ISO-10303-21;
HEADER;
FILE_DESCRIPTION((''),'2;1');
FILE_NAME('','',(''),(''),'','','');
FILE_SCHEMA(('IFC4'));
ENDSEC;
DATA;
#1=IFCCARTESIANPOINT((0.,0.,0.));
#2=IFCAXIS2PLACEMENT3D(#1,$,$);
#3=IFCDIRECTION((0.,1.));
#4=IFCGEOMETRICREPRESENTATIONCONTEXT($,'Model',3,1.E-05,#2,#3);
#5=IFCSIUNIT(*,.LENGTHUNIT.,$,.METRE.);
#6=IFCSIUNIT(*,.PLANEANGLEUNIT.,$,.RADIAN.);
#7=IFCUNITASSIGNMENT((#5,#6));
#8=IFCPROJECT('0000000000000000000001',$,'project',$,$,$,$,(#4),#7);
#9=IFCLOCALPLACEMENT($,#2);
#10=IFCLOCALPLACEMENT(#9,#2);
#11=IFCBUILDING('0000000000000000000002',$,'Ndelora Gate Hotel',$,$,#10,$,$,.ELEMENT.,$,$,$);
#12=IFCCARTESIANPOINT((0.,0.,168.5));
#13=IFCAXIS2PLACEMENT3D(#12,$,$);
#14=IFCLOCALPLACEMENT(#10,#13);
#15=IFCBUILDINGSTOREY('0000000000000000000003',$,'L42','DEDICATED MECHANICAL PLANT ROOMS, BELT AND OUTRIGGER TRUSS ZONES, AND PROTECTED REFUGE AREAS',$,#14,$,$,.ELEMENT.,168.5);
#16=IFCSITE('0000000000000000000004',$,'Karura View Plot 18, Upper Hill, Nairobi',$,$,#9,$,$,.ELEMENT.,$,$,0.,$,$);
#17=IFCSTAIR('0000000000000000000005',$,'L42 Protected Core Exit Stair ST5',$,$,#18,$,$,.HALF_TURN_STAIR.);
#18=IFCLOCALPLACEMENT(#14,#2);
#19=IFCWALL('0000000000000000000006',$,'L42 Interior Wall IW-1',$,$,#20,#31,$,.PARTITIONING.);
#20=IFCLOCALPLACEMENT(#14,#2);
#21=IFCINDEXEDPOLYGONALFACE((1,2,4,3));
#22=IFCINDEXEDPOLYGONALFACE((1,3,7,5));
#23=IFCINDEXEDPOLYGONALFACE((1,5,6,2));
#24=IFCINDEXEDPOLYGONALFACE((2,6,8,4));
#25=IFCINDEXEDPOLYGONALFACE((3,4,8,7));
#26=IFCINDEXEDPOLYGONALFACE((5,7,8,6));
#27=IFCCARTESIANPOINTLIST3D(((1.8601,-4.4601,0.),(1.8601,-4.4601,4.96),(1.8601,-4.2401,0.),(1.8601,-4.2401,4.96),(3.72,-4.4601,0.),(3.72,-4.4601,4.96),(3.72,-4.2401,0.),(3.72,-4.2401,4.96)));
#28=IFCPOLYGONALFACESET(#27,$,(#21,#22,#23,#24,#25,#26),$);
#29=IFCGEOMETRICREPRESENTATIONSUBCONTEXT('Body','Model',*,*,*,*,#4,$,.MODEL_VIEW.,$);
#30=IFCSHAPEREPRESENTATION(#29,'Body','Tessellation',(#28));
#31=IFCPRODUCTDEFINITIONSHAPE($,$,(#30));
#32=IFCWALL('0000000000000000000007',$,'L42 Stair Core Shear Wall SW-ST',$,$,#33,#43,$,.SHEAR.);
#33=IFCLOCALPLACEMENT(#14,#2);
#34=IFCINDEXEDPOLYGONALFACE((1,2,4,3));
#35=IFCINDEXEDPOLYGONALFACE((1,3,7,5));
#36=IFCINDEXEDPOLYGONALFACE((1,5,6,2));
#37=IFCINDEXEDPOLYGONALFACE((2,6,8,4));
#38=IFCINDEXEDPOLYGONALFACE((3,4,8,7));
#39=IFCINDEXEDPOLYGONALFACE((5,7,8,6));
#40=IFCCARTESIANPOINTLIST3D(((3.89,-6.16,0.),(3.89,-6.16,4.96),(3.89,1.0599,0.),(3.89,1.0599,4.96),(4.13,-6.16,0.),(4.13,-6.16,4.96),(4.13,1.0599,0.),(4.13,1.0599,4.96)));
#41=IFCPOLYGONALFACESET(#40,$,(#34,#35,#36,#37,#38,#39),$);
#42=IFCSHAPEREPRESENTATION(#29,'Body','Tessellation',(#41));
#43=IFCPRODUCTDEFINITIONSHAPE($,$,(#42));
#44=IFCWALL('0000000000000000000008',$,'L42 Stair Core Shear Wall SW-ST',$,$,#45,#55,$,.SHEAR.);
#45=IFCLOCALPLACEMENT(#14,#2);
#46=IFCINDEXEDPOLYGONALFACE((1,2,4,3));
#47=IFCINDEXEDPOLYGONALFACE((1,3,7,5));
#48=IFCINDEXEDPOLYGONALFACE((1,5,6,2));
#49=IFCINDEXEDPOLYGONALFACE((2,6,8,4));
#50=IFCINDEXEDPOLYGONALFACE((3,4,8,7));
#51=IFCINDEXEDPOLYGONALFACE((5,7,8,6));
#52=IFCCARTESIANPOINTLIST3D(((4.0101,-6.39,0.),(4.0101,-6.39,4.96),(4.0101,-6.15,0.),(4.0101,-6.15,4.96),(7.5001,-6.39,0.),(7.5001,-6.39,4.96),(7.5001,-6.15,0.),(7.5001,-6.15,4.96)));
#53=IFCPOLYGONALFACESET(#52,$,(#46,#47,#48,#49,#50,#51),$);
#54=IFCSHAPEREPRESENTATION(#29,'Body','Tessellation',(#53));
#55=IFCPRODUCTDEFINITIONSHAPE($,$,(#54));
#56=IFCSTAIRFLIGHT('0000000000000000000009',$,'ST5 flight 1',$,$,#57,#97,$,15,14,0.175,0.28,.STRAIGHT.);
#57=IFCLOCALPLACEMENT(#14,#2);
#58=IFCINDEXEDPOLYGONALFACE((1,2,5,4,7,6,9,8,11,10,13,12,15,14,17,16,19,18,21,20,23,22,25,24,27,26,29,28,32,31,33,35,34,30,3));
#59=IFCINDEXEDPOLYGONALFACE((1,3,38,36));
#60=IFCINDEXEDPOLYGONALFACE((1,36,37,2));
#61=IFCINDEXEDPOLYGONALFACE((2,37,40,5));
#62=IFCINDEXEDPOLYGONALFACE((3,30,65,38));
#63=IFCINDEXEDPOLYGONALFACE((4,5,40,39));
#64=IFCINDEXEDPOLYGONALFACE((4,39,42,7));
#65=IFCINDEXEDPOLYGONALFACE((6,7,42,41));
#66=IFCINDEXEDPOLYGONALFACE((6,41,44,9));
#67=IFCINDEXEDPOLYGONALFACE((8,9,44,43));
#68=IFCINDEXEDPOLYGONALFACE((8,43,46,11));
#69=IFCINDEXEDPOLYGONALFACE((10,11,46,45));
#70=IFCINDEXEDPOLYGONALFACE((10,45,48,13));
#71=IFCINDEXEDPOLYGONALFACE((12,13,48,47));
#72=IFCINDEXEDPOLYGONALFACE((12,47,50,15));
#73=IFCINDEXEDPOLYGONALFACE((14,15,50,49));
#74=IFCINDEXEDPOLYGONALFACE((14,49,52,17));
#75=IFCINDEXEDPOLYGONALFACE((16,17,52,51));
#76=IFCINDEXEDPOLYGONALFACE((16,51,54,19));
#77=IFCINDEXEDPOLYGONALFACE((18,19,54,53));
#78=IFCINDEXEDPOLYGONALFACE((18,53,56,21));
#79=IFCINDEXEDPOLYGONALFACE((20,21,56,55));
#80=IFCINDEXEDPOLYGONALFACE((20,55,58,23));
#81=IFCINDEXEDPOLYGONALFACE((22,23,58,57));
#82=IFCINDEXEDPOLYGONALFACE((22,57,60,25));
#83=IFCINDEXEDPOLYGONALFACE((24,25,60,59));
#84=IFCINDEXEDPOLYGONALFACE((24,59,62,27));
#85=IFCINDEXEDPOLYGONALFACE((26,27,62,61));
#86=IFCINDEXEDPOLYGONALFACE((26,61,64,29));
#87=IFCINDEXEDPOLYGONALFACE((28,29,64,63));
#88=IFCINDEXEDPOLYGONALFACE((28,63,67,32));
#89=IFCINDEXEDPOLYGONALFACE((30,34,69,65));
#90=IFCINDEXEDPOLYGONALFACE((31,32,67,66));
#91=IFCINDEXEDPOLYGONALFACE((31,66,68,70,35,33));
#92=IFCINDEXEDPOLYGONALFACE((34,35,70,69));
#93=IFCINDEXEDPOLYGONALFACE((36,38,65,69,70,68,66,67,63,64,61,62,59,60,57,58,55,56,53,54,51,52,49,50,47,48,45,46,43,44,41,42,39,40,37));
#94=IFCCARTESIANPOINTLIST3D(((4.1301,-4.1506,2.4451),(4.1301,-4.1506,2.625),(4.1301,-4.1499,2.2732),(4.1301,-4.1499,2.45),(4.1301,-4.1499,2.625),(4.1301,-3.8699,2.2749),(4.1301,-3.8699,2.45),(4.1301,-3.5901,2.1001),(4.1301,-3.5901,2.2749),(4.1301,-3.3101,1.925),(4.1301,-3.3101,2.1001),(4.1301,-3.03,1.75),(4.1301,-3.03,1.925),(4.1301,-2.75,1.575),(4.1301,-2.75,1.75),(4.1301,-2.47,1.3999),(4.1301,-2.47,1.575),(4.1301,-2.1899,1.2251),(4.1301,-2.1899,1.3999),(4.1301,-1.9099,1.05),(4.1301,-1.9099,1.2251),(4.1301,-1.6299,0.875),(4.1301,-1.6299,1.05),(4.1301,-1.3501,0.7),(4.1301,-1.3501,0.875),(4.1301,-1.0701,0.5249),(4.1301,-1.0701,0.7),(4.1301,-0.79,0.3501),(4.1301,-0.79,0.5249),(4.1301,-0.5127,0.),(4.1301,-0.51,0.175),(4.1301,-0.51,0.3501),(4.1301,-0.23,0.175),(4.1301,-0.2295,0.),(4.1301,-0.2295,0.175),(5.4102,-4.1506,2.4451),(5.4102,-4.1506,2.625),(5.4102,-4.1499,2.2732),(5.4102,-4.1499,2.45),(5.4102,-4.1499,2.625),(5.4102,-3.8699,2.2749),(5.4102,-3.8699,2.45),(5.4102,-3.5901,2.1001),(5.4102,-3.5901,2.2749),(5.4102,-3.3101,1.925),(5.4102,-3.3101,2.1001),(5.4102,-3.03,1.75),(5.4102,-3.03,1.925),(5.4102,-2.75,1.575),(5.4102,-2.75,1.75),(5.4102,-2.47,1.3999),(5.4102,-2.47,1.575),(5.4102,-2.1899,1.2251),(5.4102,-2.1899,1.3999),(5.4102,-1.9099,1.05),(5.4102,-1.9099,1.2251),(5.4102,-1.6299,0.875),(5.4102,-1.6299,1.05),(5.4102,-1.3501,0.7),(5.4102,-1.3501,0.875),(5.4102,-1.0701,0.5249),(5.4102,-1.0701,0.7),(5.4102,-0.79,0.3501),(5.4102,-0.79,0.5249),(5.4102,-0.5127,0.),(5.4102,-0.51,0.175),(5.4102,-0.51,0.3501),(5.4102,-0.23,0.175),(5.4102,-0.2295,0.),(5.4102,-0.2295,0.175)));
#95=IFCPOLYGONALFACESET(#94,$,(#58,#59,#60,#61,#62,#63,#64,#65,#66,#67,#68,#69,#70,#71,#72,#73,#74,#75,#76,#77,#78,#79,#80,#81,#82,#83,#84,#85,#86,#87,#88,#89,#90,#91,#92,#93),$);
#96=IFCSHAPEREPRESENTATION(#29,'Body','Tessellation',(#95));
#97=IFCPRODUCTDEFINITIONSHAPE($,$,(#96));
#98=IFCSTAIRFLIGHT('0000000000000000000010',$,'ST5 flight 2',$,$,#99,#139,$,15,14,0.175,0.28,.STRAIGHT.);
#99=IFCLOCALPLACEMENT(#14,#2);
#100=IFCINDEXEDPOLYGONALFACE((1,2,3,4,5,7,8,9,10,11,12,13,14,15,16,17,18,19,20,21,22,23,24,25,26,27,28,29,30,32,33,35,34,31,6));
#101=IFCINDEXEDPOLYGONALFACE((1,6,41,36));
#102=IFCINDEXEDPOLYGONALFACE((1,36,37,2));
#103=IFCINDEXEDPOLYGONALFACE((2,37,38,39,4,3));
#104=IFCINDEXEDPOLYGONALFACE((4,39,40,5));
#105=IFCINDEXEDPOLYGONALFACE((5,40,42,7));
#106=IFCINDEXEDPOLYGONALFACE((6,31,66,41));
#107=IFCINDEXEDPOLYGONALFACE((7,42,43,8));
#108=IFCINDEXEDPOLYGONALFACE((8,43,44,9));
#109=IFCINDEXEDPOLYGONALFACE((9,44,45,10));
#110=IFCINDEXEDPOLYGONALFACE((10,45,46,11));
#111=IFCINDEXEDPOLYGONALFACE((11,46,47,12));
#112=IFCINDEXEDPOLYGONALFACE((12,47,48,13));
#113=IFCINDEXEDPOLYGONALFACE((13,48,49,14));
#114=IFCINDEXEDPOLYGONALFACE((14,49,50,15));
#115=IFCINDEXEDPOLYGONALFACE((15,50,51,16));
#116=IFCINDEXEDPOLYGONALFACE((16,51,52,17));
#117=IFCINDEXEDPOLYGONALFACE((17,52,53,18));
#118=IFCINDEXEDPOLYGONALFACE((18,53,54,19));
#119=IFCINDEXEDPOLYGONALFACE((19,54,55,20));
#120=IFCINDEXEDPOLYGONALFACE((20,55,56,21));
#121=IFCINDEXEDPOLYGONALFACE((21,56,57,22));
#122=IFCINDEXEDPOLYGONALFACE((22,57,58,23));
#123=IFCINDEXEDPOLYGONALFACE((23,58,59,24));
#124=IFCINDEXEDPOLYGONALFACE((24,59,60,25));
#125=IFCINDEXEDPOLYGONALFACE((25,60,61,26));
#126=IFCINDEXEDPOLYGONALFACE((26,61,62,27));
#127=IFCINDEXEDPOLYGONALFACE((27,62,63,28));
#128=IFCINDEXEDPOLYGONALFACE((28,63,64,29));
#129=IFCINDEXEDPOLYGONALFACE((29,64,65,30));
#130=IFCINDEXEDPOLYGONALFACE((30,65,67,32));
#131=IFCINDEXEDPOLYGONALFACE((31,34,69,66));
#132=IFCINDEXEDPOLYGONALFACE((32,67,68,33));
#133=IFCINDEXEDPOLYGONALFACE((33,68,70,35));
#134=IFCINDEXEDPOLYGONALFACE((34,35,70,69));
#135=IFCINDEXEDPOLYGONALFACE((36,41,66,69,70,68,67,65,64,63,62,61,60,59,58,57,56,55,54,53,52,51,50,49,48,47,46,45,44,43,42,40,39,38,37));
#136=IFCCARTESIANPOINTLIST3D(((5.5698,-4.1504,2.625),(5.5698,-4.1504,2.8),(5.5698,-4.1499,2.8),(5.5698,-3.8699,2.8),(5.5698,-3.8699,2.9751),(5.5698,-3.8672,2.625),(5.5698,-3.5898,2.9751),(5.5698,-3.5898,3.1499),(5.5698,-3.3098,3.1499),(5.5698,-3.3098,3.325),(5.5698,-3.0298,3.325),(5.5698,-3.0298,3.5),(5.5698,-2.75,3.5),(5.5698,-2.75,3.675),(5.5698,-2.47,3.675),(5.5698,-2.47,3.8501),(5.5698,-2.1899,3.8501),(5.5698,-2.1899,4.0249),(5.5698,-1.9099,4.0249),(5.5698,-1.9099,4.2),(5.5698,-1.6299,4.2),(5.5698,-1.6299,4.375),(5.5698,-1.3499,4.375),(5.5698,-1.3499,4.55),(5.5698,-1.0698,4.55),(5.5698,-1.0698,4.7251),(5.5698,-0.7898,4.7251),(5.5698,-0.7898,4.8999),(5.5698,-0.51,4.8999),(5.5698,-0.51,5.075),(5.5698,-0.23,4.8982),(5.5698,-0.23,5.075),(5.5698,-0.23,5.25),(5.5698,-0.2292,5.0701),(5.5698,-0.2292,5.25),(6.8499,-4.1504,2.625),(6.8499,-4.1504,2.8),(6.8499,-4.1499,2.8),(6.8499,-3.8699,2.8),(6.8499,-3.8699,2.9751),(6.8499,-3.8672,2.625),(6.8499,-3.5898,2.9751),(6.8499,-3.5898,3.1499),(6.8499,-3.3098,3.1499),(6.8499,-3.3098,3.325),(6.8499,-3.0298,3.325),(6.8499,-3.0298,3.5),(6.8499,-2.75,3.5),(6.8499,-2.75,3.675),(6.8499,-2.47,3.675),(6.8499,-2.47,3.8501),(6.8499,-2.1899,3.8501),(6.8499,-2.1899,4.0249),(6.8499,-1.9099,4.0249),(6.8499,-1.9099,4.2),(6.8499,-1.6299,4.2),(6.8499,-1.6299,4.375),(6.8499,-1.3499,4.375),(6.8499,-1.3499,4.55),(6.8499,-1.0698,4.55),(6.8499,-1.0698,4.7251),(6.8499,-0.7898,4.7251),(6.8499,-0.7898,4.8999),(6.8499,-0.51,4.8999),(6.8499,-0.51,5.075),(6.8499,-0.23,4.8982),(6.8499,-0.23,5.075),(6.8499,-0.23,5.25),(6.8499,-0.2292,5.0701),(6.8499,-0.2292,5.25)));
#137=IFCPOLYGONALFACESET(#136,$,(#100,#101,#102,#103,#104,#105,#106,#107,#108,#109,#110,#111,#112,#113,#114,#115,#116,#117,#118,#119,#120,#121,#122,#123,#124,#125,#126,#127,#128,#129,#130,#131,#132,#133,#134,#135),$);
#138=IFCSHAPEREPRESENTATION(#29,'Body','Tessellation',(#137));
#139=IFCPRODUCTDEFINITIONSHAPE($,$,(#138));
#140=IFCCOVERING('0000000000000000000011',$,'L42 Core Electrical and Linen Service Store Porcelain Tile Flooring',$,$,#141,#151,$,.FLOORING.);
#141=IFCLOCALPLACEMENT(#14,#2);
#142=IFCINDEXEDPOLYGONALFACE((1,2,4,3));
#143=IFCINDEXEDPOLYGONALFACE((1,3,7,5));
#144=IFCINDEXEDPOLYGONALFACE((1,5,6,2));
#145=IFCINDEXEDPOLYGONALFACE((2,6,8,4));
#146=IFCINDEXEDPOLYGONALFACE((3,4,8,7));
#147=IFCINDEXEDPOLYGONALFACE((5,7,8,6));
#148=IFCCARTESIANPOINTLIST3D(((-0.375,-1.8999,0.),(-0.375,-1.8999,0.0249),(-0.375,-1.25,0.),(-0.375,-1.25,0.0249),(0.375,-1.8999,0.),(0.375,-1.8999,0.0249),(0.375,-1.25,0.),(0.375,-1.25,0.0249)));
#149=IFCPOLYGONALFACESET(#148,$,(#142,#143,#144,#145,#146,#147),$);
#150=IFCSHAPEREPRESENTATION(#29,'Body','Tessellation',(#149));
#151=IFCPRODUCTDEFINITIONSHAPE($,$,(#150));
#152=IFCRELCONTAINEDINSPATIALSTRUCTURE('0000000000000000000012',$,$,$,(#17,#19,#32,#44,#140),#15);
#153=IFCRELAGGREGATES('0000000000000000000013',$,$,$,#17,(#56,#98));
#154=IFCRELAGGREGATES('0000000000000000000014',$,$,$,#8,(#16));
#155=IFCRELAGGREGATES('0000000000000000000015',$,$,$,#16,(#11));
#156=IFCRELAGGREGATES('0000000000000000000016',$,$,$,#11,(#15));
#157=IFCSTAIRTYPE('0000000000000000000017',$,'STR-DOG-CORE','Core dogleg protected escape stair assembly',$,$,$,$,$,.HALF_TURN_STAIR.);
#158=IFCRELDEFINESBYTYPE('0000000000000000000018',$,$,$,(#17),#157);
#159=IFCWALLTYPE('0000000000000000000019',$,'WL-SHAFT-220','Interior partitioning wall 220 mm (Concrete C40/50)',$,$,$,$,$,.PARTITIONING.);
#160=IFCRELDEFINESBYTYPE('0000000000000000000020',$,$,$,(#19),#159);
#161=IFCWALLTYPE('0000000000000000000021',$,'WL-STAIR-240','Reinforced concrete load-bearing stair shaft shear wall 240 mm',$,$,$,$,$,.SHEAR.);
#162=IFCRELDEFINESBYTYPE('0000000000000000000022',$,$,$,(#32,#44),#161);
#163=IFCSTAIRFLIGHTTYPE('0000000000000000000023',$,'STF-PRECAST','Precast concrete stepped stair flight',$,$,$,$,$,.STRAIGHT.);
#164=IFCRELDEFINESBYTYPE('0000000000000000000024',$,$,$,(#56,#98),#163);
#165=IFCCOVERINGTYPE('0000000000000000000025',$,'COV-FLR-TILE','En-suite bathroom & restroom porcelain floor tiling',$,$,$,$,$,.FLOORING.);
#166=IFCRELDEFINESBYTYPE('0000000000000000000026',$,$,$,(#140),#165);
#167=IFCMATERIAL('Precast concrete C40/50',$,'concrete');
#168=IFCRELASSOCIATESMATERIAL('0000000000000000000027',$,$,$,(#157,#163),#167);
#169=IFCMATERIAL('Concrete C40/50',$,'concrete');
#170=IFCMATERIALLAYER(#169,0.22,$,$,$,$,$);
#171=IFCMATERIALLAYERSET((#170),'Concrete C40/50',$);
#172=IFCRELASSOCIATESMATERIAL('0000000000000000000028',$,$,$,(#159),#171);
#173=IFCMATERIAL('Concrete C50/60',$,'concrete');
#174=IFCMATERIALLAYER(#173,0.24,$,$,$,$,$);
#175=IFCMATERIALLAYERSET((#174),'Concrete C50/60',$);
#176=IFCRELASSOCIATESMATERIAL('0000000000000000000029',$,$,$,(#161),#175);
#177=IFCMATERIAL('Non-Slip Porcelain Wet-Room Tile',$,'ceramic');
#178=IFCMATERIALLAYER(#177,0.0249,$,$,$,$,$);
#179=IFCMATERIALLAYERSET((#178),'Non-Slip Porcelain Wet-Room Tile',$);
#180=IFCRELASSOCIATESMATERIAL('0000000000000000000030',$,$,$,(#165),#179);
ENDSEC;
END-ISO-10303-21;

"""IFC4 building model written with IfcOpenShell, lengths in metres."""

from ifc_helpers import new_model, si_unit, direction, frame, frame_2d, origin, origin_2d, place, context, subcontext, project, spatial, polyline, rectangle, outline, extrude, material, layer, layer_set, type_object, element, aggregate, save


model = new_model("IFC4")

# Units and contexts
model_context = context("Model", 3, precision=1e-05, world=origin(), true_north=direction((0.0, 1.0)))
body_context = subcontext(model_context, "Body", "Model", "MODEL_VIEW")
ifc_project = project(units=[si_unit("LENGTHUNIT", "METRE"), si_unit("PLANEANGLEUNIT", "RADIAN")], contexts=[model_context])

# Site, building, storey
site_placement = place(None, origin())
site = spatial("IfcSite", under=ifc_project, at=site_placement, Name="Karura View Plot 18, Upper Hill, Nairobi", CompositionType="ELEMENT", RefElevation=0.0)
building_placement = place(site_placement, origin())
building = spatial("IfcBuilding", under=site, at=building_placement, Name="Ndelora Gate Hotel", CompositionType="ELEMENT")
storey_placement = place(building_placement, frame((0.0, 0.0, 168.5)))
storey = spatial("IfcBuildingStorey", under=building, at=storey_placement, Name="L42", Description="DEDICATED MECHANICAL PLANT ROOMS, BELT AND OUTRIGGER TRUSS ZONES, AND PROTECTED REFUGE AREAS", CompositionType="ELEMENT", Elevation=168.5)

# Stair
ifc_material_1 = material(Name="Precast concrete C40/50", Category="concrete")
stair_type = type_object("IfcStairType", Name="STR-DOG-CORE", Description="Core dogleg protected escape stair assembly", PredefinedType="HALF_TURN_STAIR", material=ifc_material_1)
stair_1_placement = place(storey_placement, origin())
stair_1 = element("IfcStair", 1, at=stair_1_placement, inside=storey, type_object=stair_type, Name="L42 Protected Core Exit Stair ST5", PredefinedType="HALF_TURN_STAIR")

# Shared definitions
ifc_material_2 = material(Name="Concrete C50/60", Category="concrete")

# Walls
ifc_material_3 = material(Name="Concrete C40/50", Category="concrete")
ifc_layer_1 = layer(ifc_material_3, 0.22)
ifc_layer_set_1 = layer_set([ifc_layer_1], Name="Concrete C40/50")
wall_type_1 = type_object("IfcWallType", Name="WL-SHAFT-220", Description="Interior partitioning wall 220 mm (Concrete C40/50)", PredefinedType="PARTITIONING", material=ifc_layer_set_1)
wall_1_placement = place(storey_placement, frame((1.8601, -4.3501, 0.0), z_axis=(0.0, 0.0, 1.0), x_axis=(1.0, 0.0, 0.0)))
element("IfcWall", 2, at=wall_1_placement, inside=storey, type_object=wall_type_1, Name="L42 Interior Wall IW-1", PredefinedType="PARTITIONING", context=body_context, shape_type="SweptSolid", body=[
    extrude(rectangle(XDim=1.8599, YDim=0.22, at=frame_2d((0.9299, 0.0))), origin(), (0.0, 0.0, 1.0), 4.96),
])
ifc_layer_2 = layer(ifc_material_2, 0.24)
ifc_layer_set_2 = layer_set([ifc_layer_2], Name="Concrete C50/60")
wall_type_2 = type_object("IfcWallType", Name="WL-STAIR-240", Description="Reinforced concrete load-bearing stair shaft shear wall 240 mm", PredefinedType="SHEAR", material=ifc_layer_set_2)
wall_2_placement = place(storey_placement, frame((4.01, -6.1599, 0.0), z_axis=(0.0, 0.0, 1.0), x_axis=(0.0, 1.0, 0.0)))
element("IfcWall", 3, at=wall_2_placement, inside=storey, type_object=wall_type_2, Name="L42 Stair Core Shear Wall SW-ST", PredefinedType="SHEAR", context=body_context, shape_type="SweptSolid", body=[
    extrude(rectangle(XDim=7.22, YDim=0.24, at=frame_2d((3.6099, 0.0))), origin(), (0.0, 0.0, 1.0), 4.96),
])
wall_3_placement = place(storey_placement, frame((4.01, -6.27, 0.0), z_axis=(0.0, 0.0, 1.0), x_axis=(1.0, 0.0, 0.0)))
element("IfcWall", 4, at=wall_3_placement, inside=storey, type_object=wall_type_2, Name="L42 Stair Core Shear Wall SW-ST", PredefinedType="SHEAR", context=body_context, shape_type="SweptSolid", body=[
    extrude(rectangle(XDim=3.49, YDim=0.24, at=frame_2d((1.7451, 0.0))), origin(), (0.0, 0.0, 1.0), 4.96),
])

# Stair flights
stair_flight_type = type_object("IfcStairFlightType", Name="STF-PRECAST", Description="Precast concrete stepped stair flight", PredefinedType="STRAIGHT", material=ifc_material_1)
stair_flight_1_placement = place(storey_placement, frame((4.77, -0.23, 0.0), z_axis=(0.0, 0.0, 1.0), x_axis=(0.0, -1.0, 0.0)))
stair_flight_1 = element("IfcStairFlight", 5, at=stair_flight_1_placement, type_object=stair_flight_type, Name="ST5 flight 1", NumberOfRisers=15, NumberOfTreads=14, PredefinedType="STRAIGHT", RiserHeight=0.175, TreadLength=0.28, context=body_context, shape_type="SweptSolid", body=[
    extrude(outline(polyline([(-0.0005, 0.0), (-0.0005, 0.175), (0.0, 0.175), (0.28, 0.175), (0.28, 0.3501), (0.5601, 0.3501), (0.5601, 0.5249), (0.8401, 0.5249), (0.8401, 0.7), (1.1201, 0.7), (1.1201, 0.875), (1.3999, 0.875), (1.3999, 1.05), (1.6799, 1.05), (1.6799, 1.2251), (1.96, 1.2251), (1.96, 1.3999), (2.24, 1.3999), (2.24, 1.575), (2.52, 1.575), (2.52, 1.75), (2.8, 1.75), (2.8, 1.925), (3.0801, 1.925), (3.0801, 2.1001), (3.3601, 2.1001), (3.3601, 2.2749), (3.6399, 2.2749), (3.6399, 2.45), (3.9199, 2.45), (3.9199, 2.625), (3.9207, 2.625), (3.9207, 2.4451), (3.9199, 2.2732), (0.2827, 0.0), (-0.0005, 0.0)])), frame((0.0, 0.6401, 0.0), z_axis=(0.0, -1.0, 0.0), x_axis=(1.0, 0.0, 0.0)), (0.0, 0.0, 1.0), 1.28),
])
stair_flight_2_placement = place(storey_placement, frame((6.21, -4.1499, 2.625), z_axis=(0.0, 0.0, 1.0), x_axis=(0.0, 1.0, 0.0)))
stair_flight_2 = element("IfcStairFlight", 6, at=stair_flight_2_placement, type_object=stair_flight_type, Name="ST5 flight 2", NumberOfRisers=15, NumberOfTreads=14, PredefinedType="STRAIGHT", RiserHeight=0.175, TreadLength=0.28, context=body_context, shape_type="SweptSolid", body=[
    extrude(outline(polyline([(-0.0005, 0.0), (-0.0005, 0.175), (0.0, 0.175), (0.28, 0.175), (0.28, 0.3501), (0.5601, 0.3501), (0.5601, 0.5249), (0.8401, 0.5249), (0.8401, 0.7), (1.1201, 0.7), (1.1201, 0.875), (1.3999, 0.875), (1.3999, 1.05), (1.6799, 1.05), (1.6799, 1.2251), (1.96, 1.2251), (1.96, 1.3999), (2.24, 1.3999), (2.24, 1.575), (2.52, 1.575), (2.52, 1.75), (2.8, 1.75), (2.8, 1.925), (3.0801, 1.925), (3.0801, 2.1001), (3.3601, 2.1001), (3.3601, 2.2749), (3.6399, 2.2749), (3.6399, 2.45), (3.9199, 2.45), (3.9199, 2.625), (3.9207, 2.625), (3.9207, 2.4451), (3.9199, 2.2732), (0.2827, 0.0), (-0.0005, 0.0)])), frame((0.0, 0.6401, 0.0), z_axis=(0.0, -1.0, 0.0), x_axis=(1.0, 0.0, 0.0)), (0.0, 0.0, 1.0), 1.28),
])
aggregate(stair_1, [stair_flight_1, stair_flight_2])

# Covering
ifc_material_4 = material(Name="Non-Slip Porcelain Wet-Room Tile", Category="ceramic")
ifc_layer_3 = layer(ifc_material_4, 0.0249)
ifc_layer_set_3 = layer_set([ifc_layer_3], Name="Non-Slip Porcelain Wet-Room Tile")
covering_type = type_object("IfcCoveringType", Name="COV-FLR-TILE", Description="En-suite bathroom & restroom porcelain floor tiling", PredefinedType="FLOORING", material=ifc_layer_set_3)
covering_placement = place(storey_placement, frame((0.0, -1.575, 0.0), z_axis=(0.0, 0.0, 1.0), x_axis=(1.0, 0.0, 0.0)))
element("IfcCovering", 7, at=covering_placement, inside=storey, type_object=covering_type, Name="L42 Core Electrical and Linen Service Store Porcelain Tile Flooring", PredefinedType="FLOORING", context=body_context, shape_type="SweptSolid", body=[
    extrude(rectangle(XDim=0.75, YDim=0.6499, at=origin_2d()), origin(), (0.0, 0.0, 1.0), 0.0249),
])

save(model, "model.ifc")
